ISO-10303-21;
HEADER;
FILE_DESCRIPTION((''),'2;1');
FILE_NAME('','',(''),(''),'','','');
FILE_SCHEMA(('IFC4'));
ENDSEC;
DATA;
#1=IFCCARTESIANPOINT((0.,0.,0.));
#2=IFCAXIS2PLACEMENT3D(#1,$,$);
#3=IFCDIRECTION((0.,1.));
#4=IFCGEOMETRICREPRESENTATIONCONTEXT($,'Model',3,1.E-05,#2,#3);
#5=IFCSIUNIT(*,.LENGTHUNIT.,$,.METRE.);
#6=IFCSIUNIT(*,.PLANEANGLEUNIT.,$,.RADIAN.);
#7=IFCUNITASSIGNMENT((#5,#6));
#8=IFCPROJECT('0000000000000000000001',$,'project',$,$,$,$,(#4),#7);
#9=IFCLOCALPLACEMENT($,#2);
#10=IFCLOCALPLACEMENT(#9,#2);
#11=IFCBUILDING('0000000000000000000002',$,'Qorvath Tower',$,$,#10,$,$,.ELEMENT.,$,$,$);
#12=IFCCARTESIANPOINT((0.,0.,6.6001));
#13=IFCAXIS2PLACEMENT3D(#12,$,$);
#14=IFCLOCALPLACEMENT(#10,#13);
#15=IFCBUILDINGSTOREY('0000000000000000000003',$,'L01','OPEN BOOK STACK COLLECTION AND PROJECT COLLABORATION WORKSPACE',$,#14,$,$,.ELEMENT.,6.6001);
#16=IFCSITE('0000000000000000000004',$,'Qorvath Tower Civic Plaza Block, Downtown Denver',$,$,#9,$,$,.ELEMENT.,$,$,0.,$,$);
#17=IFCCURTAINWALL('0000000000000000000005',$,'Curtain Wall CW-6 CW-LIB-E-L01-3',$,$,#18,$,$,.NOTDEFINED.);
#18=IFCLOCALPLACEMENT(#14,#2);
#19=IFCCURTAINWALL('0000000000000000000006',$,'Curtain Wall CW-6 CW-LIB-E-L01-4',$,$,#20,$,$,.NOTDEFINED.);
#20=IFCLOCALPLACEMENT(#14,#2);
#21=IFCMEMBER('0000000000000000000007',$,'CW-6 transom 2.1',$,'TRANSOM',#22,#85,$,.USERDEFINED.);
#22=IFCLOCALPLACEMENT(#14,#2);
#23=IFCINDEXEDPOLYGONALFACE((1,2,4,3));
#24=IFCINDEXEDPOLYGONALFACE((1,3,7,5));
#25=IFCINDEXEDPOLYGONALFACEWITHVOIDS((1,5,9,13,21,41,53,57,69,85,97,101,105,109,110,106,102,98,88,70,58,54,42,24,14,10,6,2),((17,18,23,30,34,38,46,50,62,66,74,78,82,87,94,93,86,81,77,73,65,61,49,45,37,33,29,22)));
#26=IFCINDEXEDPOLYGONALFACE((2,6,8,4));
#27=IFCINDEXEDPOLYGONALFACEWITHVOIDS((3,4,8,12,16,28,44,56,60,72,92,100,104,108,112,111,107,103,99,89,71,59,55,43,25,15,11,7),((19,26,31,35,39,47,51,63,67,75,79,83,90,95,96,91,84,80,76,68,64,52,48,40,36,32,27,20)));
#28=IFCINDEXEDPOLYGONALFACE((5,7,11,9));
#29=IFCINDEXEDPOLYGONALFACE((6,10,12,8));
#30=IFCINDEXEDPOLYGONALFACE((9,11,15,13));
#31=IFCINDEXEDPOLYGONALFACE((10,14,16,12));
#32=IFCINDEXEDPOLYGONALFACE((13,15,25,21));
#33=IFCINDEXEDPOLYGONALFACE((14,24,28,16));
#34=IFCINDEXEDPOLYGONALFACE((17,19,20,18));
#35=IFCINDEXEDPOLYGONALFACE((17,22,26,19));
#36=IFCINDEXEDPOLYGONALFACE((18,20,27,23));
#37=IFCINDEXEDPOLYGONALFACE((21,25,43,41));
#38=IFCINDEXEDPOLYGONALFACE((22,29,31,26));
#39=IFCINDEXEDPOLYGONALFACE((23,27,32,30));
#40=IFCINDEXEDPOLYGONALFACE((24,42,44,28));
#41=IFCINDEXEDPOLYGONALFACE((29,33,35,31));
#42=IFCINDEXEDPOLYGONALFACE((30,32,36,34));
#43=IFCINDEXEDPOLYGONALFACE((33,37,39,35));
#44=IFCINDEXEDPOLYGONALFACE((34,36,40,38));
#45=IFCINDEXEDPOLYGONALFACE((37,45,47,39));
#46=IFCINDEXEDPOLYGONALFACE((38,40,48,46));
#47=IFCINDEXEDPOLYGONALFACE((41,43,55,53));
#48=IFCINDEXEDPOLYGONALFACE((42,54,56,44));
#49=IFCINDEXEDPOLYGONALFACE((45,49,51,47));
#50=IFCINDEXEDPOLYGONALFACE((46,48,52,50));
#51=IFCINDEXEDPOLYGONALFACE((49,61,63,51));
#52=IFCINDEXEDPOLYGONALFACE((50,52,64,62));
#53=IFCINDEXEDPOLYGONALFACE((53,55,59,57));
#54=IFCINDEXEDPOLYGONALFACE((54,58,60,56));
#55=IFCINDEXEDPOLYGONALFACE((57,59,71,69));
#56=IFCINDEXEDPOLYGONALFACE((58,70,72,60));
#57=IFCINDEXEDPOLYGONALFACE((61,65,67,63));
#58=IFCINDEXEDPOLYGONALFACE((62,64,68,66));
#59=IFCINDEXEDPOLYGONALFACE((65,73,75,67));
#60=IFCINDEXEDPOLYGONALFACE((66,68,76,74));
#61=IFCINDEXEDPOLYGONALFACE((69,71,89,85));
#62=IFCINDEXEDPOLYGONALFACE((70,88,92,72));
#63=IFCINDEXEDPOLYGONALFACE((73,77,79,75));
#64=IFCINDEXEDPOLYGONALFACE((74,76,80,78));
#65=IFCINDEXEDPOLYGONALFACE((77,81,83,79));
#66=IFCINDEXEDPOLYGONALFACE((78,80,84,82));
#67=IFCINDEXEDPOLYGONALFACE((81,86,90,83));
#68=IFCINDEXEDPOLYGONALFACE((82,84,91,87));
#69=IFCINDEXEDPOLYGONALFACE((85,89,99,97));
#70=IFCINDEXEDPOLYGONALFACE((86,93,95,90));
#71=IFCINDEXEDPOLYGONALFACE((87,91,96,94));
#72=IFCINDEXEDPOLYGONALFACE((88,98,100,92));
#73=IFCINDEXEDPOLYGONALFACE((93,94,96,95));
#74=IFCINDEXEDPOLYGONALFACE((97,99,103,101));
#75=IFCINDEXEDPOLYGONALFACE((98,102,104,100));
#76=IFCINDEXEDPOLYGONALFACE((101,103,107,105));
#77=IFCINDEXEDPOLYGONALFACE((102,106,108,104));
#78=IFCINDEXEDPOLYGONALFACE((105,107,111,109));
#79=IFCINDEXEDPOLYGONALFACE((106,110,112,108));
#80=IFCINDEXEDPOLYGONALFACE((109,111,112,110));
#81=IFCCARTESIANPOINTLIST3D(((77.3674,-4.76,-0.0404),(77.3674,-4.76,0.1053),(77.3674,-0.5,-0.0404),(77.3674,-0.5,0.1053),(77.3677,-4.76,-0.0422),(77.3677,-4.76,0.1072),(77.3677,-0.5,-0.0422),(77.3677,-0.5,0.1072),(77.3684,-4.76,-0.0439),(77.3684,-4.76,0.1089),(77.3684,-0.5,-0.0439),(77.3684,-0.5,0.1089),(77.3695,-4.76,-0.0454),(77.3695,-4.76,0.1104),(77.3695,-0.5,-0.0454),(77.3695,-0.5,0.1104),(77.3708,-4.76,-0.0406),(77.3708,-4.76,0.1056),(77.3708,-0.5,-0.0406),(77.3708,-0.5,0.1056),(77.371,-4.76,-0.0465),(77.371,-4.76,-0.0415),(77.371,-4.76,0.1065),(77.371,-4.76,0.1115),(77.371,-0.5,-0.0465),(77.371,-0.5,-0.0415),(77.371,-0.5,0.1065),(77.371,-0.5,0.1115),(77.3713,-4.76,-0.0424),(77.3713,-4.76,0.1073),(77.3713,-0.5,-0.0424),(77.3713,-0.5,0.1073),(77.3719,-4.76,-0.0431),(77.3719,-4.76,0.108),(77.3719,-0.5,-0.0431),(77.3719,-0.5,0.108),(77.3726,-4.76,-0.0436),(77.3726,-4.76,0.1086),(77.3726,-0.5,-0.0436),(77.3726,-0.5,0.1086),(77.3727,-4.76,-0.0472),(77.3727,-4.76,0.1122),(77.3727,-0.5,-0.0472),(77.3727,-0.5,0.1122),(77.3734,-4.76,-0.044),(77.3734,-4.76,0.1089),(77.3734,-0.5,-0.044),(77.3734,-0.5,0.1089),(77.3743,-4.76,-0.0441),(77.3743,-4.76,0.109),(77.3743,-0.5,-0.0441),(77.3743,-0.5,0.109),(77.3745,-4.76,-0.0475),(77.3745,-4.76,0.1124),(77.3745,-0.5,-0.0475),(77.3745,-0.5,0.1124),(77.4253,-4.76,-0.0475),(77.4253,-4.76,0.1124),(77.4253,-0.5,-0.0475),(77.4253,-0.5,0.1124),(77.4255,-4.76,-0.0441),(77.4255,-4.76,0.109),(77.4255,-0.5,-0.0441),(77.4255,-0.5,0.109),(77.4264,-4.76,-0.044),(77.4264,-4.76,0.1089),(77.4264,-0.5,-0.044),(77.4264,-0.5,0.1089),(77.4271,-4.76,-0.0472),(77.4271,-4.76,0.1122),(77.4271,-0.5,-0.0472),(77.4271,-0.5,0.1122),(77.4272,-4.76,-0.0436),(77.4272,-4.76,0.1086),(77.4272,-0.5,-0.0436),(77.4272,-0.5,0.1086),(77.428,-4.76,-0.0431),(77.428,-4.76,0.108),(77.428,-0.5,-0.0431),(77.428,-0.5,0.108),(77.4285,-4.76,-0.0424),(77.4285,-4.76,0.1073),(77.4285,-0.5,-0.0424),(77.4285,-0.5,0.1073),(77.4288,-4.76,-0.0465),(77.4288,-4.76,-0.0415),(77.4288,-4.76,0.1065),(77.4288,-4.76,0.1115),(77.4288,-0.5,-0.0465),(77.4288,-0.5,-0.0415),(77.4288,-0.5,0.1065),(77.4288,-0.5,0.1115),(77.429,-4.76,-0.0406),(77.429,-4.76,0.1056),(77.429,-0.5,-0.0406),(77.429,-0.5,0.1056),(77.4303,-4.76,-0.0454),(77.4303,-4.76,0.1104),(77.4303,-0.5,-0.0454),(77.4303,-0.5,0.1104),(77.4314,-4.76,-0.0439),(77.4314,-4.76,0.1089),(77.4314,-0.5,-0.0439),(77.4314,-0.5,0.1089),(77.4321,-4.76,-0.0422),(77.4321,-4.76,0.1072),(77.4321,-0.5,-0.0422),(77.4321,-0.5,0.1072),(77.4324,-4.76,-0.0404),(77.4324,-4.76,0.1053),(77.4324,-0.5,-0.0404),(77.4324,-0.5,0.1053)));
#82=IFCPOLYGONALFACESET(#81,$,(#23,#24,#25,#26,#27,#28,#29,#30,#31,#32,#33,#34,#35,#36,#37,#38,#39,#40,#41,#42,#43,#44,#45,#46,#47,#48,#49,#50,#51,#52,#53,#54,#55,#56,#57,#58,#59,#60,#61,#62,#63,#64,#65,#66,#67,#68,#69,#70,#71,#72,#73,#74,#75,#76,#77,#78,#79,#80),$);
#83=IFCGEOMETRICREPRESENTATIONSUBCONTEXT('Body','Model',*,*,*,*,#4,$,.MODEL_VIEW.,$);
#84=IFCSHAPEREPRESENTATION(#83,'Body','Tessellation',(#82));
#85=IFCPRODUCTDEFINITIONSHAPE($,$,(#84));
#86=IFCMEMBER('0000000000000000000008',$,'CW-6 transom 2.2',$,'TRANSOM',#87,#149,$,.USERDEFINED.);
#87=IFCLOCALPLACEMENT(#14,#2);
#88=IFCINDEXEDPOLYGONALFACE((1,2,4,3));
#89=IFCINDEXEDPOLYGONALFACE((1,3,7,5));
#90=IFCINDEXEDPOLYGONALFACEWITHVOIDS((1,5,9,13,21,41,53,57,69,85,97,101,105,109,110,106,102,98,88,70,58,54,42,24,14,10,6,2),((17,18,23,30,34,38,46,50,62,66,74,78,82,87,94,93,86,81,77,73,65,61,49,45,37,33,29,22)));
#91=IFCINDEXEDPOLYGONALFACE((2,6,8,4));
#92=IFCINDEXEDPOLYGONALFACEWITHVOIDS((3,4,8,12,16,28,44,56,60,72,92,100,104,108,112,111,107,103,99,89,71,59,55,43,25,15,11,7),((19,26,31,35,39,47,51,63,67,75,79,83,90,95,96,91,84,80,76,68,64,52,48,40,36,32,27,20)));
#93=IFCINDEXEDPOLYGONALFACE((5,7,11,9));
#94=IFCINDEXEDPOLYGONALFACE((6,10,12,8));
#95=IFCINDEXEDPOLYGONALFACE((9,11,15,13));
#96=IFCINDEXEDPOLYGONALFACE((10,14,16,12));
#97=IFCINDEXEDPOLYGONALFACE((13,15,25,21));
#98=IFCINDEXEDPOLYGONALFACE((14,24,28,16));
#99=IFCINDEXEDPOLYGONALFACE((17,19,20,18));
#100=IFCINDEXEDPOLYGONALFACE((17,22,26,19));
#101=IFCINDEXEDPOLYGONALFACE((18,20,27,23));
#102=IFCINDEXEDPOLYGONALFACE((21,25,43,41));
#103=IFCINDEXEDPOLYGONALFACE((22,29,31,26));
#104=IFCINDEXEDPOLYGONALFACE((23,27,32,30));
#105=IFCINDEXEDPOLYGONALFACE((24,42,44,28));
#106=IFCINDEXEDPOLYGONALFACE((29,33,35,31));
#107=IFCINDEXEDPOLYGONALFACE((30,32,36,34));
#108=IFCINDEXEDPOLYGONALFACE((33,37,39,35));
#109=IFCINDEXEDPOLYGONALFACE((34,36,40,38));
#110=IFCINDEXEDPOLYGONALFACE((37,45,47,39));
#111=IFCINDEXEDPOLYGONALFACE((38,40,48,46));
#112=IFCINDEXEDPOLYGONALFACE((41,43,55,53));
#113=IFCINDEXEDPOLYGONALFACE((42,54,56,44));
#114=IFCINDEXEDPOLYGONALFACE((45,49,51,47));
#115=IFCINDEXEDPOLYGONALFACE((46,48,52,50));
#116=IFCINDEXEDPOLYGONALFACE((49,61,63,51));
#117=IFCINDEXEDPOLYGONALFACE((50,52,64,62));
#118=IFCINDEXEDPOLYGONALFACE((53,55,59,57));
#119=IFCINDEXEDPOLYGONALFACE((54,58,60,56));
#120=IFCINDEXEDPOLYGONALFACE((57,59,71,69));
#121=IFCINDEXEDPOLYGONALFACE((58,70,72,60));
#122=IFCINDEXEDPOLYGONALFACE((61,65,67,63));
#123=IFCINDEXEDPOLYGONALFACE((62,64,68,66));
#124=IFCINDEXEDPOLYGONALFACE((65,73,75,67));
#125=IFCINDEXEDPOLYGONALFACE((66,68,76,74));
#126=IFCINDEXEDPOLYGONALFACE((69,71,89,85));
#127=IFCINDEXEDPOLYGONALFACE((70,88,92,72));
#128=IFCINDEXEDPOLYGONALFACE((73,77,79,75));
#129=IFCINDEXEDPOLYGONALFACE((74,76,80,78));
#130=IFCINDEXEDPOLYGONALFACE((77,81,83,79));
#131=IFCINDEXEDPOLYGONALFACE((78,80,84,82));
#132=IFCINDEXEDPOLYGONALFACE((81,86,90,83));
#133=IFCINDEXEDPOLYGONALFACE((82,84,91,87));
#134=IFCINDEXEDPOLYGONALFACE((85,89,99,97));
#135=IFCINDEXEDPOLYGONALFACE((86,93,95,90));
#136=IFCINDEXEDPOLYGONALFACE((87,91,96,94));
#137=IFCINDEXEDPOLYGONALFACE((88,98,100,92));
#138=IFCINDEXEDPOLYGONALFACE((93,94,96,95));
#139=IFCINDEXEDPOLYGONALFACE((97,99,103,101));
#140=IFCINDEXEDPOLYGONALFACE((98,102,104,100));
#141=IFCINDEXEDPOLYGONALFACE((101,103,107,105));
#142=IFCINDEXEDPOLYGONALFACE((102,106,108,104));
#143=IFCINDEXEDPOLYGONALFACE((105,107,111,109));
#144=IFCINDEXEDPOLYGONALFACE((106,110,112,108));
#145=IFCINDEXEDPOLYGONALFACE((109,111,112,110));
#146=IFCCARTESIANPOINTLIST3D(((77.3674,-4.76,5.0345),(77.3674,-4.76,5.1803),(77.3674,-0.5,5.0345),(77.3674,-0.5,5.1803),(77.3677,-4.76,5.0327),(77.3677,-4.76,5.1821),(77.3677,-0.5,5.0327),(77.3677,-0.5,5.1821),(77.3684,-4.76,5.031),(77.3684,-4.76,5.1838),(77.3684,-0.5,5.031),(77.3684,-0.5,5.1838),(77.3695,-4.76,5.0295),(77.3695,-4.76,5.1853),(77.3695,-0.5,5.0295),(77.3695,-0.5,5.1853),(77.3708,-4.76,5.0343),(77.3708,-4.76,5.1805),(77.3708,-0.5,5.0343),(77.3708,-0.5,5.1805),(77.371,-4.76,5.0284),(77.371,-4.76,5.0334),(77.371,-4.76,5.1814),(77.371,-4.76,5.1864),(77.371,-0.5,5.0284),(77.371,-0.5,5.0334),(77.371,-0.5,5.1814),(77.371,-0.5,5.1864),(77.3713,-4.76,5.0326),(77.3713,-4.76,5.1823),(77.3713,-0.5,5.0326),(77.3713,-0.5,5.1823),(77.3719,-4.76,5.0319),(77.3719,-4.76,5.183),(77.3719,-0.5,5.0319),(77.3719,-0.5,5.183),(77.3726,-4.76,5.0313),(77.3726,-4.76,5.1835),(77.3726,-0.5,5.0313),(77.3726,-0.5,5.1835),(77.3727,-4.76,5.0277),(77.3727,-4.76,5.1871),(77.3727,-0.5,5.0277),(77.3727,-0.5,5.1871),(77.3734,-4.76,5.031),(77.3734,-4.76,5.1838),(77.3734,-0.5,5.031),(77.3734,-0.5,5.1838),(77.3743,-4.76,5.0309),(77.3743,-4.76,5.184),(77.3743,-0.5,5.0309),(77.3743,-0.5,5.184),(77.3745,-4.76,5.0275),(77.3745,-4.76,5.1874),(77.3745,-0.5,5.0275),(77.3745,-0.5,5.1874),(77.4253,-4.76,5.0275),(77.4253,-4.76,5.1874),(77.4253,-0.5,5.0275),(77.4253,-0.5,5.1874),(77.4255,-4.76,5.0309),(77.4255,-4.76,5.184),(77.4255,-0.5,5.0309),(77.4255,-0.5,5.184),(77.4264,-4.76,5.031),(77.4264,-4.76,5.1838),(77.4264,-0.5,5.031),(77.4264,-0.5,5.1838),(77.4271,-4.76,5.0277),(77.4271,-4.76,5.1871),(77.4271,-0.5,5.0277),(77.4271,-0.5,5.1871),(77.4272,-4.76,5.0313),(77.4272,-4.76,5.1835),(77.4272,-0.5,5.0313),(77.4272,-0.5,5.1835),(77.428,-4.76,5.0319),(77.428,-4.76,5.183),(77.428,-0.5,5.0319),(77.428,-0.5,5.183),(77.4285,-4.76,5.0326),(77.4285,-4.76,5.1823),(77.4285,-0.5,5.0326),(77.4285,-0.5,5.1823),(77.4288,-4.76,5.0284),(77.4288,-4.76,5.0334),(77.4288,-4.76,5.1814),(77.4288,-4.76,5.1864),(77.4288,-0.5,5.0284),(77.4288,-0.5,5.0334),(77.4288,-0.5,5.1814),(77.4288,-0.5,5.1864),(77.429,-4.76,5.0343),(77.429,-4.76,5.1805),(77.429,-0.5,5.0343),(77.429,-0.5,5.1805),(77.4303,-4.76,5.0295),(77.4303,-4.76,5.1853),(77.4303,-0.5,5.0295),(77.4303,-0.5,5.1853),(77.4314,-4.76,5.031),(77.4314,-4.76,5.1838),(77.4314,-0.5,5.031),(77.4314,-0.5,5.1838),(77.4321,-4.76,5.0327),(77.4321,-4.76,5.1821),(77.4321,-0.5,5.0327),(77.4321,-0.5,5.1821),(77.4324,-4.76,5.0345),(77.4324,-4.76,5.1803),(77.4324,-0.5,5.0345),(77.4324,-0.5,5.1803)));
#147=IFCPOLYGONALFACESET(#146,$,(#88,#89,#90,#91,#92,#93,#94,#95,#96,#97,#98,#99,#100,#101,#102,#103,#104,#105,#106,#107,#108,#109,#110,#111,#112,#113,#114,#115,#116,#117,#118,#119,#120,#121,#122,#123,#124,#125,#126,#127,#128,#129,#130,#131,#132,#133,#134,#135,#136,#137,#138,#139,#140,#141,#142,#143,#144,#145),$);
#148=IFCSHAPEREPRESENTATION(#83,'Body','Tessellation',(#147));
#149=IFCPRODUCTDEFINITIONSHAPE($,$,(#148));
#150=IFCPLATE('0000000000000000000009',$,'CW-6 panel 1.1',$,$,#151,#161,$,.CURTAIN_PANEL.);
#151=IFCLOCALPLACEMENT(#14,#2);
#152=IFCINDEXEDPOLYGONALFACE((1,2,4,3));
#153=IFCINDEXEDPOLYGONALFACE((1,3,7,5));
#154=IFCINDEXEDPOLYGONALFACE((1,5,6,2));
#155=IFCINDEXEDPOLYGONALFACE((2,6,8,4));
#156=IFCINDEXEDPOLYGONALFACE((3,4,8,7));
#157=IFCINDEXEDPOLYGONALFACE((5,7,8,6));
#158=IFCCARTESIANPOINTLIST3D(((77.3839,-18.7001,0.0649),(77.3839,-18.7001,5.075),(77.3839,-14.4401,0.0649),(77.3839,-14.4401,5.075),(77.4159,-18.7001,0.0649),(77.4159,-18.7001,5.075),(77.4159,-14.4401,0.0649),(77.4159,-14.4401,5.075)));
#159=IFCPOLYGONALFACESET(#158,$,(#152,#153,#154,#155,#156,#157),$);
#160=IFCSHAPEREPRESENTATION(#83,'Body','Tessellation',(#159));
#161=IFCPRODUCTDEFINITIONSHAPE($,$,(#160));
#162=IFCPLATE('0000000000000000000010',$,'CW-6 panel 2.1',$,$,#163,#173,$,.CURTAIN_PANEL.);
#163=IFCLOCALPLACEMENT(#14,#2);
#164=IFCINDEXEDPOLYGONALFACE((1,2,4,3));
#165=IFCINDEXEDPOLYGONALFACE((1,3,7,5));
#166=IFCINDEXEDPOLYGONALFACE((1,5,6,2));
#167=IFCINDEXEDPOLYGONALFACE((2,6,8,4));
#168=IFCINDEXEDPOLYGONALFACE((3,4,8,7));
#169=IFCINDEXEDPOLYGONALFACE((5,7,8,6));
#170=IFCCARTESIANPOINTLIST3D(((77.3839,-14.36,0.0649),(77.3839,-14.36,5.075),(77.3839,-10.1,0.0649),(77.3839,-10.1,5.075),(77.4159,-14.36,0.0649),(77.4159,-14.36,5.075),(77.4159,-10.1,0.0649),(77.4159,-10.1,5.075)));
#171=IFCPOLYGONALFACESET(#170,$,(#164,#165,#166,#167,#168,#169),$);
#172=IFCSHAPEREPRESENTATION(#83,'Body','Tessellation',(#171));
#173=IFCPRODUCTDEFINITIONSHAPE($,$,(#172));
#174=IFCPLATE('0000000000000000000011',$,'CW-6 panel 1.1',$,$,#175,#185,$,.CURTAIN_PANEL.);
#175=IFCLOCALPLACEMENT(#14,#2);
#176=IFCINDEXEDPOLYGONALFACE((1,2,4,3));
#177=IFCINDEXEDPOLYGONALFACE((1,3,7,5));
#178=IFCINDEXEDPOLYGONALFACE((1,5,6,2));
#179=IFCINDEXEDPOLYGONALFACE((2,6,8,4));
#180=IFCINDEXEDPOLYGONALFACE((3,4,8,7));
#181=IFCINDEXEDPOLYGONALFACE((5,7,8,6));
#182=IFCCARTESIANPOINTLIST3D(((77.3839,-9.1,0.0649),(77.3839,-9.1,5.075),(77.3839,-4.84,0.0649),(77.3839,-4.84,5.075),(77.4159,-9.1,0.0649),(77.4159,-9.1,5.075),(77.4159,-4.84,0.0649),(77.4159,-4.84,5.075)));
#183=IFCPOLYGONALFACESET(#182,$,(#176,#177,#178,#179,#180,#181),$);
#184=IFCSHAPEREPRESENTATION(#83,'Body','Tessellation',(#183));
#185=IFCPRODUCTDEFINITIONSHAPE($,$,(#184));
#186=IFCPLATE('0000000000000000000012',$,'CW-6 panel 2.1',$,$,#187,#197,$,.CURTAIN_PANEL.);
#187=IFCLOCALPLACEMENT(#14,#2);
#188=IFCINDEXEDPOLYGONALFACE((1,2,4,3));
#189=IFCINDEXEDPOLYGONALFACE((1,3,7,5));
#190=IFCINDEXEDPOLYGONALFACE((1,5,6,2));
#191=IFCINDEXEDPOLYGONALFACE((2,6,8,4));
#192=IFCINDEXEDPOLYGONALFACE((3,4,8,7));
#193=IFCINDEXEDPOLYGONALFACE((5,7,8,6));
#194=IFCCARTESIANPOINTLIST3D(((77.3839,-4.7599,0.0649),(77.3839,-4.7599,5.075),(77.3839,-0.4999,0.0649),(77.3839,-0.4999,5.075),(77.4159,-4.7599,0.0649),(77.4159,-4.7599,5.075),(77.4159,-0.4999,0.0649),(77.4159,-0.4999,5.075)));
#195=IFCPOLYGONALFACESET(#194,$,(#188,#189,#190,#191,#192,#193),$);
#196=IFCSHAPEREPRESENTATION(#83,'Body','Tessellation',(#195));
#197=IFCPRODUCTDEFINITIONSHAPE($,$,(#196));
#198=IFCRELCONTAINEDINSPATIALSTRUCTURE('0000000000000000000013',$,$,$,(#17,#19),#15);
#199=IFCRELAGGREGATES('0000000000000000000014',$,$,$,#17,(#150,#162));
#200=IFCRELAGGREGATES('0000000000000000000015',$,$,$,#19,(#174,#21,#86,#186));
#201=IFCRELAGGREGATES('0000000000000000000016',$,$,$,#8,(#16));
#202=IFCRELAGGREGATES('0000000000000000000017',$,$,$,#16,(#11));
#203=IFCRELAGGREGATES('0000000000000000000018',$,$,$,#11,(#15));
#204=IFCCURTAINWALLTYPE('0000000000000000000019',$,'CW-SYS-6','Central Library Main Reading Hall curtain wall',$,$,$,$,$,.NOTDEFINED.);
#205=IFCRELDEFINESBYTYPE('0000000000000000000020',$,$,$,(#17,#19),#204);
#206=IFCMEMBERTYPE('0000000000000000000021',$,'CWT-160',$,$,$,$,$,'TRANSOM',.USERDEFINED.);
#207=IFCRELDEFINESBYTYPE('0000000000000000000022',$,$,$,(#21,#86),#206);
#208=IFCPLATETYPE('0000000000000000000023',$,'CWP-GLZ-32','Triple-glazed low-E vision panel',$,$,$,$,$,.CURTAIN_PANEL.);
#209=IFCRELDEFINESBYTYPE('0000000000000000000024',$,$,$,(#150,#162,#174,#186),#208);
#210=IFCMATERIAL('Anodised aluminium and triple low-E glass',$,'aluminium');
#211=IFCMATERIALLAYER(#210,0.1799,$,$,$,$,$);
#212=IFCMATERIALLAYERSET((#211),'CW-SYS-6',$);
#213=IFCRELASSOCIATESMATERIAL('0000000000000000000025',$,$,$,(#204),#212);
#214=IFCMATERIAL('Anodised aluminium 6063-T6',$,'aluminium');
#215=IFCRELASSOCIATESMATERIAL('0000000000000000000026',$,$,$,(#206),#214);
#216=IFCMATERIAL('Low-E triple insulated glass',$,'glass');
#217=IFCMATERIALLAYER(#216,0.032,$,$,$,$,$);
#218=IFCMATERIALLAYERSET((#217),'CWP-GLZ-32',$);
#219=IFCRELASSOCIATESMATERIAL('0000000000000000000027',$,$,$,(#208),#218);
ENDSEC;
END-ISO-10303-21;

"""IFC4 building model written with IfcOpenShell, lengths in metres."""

from ifc_helpers import new_model, si_unit, direction, frame, origin, origin_2d, place, context, subcontext, project, spatial, rectangle, hollow_rectangle, extrude, material, layer, layer_set, material_profile, profile_set, type_object, element, aggregate, save


model = new_model("IFC4")

# Units and contexts
model_context = context("Model", 3, precision=1e-05, world=origin(), true_north=direction((0.0, 1.0)))
body_context = subcontext(model_context, "Body", "Model", "MODEL_VIEW")
ifc_project = project(units=[si_unit("LENGTHUNIT", "METRE"), si_unit("PLANEANGLEUNIT", "RADIAN")], contexts=[model_context])

# Site, building, storey
site_placement = place(None, origin())
site = spatial("IfcSite", under=ifc_project, at=site_placement, Name="Qorvath Tower Civic Plaza Block, Downtown Denver", CompositionType="ELEMENT", RefElevation=0.0)
building_placement = place(site_placement, origin())
building = spatial("IfcBuilding", under=site, at=building_placement, Name="Qorvath Tower", CompositionType="ELEMENT")
storey_placement = place(building_placement, frame((0.0, 0.0, 6.6001)))
storey = spatial("IfcBuildingStorey", under=building, at=storey_placement, Name="L01", Description="OPEN BOOK STACK COLLECTION AND PROJECT COLLABORATION WORKSPACE", CompositionType="ELEMENT", Elevation=6.6001)

# Curtain walls
ifc_material_1 = material(Name="Anodised aluminium and triple low-E glass", Category="aluminium")
ifc_layer_1 = layer(ifc_material_1, 0.1799)
ifc_layer_set_1 = layer_set([ifc_layer_1], Name="CW-SYS-6")
curtain_wall_type = type_object("IfcCurtainWallType", Name="CW-SYS-6", Description="Central Library Main Reading Hall curtain wall", PredefinedType="NOTDEFINED", material=ifc_layer_set_1)
curtain_wall_1_placement = place(storey_placement, origin())
curtain_wall_1 = element("IfcCurtainWall", 1, at=curtain_wall_1_placement, inside=storey, type_object=curtain_wall_type, Name="Curtain Wall CW-6 CW-LIB-E-L01-3", PredefinedType="NOTDEFINED")
curtain_wall_2_placement = place(storey_placement, origin())
curtain_wall_2 = element("IfcCurtainWall", 2, at=curtain_wall_2_placement, inside=storey, type_object=curtain_wall_type, Name="Curtain Wall CW-6 CW-LIB-E-L01-4", PredefinedType="NOTDEFINED")

# Members
ifc_material_2 = material(Name="Anodised aluminium 6063-T6", Category="aluminium")
ifc_material_profile_1 = material_profile(ifc_material_2, hollow_rectangle(XDim=0.0649, YDim=0.1599, WallThickness=0.0034, InnerFilletRadius=0.0034, OuterFilletRadius=0.0071, at=origin_2d()), Name="CWT 160x65")
ifc_profile_set_1 = profile_set([ifc_material_profile_1], Name="Anodised aluminium 6063-T6")
member_type_1 = type_object("IfcMemberType", Name="CWT-160", ElementType="TRANSOM", PredefinedType="USERDEFINED", material=ifc_profile_set_1)
member_1_placement = place(storey_placement, frame((77.3999, -4.76, 0.0325), z_axis=(0.0, 1.0, 0.0), x_axis=(-1.0, 0.0, 0.0)))
member_1 = element("IfcMember", 3, at=member_1_placement, type_object=member_type_1, Name="CW-6 transom 2.1", ObjectType="TRANSOM", PredefinedType="USERDEFINED", context=body_context, shape_type="SweptSolid", body=[
    extrude(hollow_rectangle(XDim=0.0649, YDim=0.1599, WallThickness=0.0034, InnerFilletRadius=0.0034, OuterFilletRadius=0.0071, at=origin_2d()), origin(), (0.0, 0.0, 1.0), 4.26),
])
member_2_placement = place(storey_placement, frame((77.3999, -4.76, 5.1074), z_axis=(0.0, 1.0, 0.0), x_axis=(-1.0, 0.0, 0.0)))
member_2 = element("IfcMember", 4, at=member_2_placement, type_object=member_type_1, Name="CW-6 transom 2.2", ObjectType="TRANSOM", PredefinedType="USERDEFINED", context=body_context, shape_type="SweptSolid", body=[
    extrude(hollow_rectangle(XDim=0.0649, YDim=0.1599, WallThickness=0.0034, InnerFilletRadius=0.0034, OuterFilletRadius=0.0071, at=origin_2d()), origin(), (0.0, 0.0, 1.0), 4.26),
])

# Plates
ifc_material_3 = material(Name="Low-E triple insulated glass", Category="glass")
ifc_layer_2 = layer(ifc_material_3, 0.032)
ifc_layer_set_2 = layer_set([ifc_layer_2], Name="CWP-GLZ-32")
plate_type = type_object("IfcPlateType", Name="CWP-GLZ-32", Description="Triple-glazed low-E vision panel", PredefinedType="CURTAIN_PANEL", material=ifc_layer_set_2)
plate_1_placement = place(storey_placement, frame((77.3999, -16.5701, 0.0649), z_axis=(0.0, 0.0, 1.0), x_axis=(0.0, 1.0, 0.0)))
plate_1 = element("IfcPlate", 5, at=plate_1_placement, type_object=plate_type, Name="CW-6 panel 1.1", PredefinedType="CURTAIN_PANEL", context=body_context, shape_type="SweptSolid", body=[
    extrude(rectangle(XDim=4.26, YDim=0.032, at=origin_2d()), origin(), (0.0, 0.0, 1.0), 5.01),
])
plate_2_placement = place(storey_placement, frame((77.3999, -12.23, 0.0649), z_axis=(0.0, 0.0, 1.0), x_axis=(0.0, 1.0, 0.0)))
plate_2 = element("IfcPlate", 6, at=plate_2_placement, type_object=plate_type, Name="CW-6 panel 2.1", PredefinedType="CURTAIN_PANEL", context=body_context, shape_type="SweptSolid", body=[
    extrude(rectangle(XDim=4.26, YDim=0.032, at=origin_2d()), origin(), (0.0, 0.0, 1.0), 5.01),
])
aggregate(curtain_wall_1, [plate_1, plate_2])
plate_3_placement = place(storey_placement, frame((77.3999, -6.97, 0.0649), z_axis=(0.0, 0.0, 1.0), x_axis=(0.0, 1.0, 0.0)))
plate_3 = element("IfcPlate", 7, at=plate_3_placement, type_object=plate_type, Name="CW-6 panel 1.1", PredefinedType="CURTAIN_PANEL", context=body_context, shape_type="SweptSolid", body=[
    extrude(rectangle(XDim=4.26, YDim=0.032, at=origin_2d()), origin(), (0.0, 0.0, 1.0), 5.01),
])
plate_4_placement = place(storey_placement, frame((77.3999, -2.6299, 0.0649), z_axis=(0.0, 0.0, 1.0), x_axis=(0.0, 1.0, 0.0)))
plate_4 = element("IfcPlate", 8, at=plate_4_placement, type_object=plate_type, Name="CW-6 panel 2.1", PredefinedType="CURTAIN_PANEL", context=body_context, shape_type="SweptSolid", body=[
    extrude(rectangle(XDim=4.26, YDim=0.032, at=origin_2d()), origin(), (0.0, 0.0, 1.0), 5.01),
])
aggregate(curtain_wall_2, [plate_3, member_1, member_2, plate_4])

save(model, "model.ifc")
